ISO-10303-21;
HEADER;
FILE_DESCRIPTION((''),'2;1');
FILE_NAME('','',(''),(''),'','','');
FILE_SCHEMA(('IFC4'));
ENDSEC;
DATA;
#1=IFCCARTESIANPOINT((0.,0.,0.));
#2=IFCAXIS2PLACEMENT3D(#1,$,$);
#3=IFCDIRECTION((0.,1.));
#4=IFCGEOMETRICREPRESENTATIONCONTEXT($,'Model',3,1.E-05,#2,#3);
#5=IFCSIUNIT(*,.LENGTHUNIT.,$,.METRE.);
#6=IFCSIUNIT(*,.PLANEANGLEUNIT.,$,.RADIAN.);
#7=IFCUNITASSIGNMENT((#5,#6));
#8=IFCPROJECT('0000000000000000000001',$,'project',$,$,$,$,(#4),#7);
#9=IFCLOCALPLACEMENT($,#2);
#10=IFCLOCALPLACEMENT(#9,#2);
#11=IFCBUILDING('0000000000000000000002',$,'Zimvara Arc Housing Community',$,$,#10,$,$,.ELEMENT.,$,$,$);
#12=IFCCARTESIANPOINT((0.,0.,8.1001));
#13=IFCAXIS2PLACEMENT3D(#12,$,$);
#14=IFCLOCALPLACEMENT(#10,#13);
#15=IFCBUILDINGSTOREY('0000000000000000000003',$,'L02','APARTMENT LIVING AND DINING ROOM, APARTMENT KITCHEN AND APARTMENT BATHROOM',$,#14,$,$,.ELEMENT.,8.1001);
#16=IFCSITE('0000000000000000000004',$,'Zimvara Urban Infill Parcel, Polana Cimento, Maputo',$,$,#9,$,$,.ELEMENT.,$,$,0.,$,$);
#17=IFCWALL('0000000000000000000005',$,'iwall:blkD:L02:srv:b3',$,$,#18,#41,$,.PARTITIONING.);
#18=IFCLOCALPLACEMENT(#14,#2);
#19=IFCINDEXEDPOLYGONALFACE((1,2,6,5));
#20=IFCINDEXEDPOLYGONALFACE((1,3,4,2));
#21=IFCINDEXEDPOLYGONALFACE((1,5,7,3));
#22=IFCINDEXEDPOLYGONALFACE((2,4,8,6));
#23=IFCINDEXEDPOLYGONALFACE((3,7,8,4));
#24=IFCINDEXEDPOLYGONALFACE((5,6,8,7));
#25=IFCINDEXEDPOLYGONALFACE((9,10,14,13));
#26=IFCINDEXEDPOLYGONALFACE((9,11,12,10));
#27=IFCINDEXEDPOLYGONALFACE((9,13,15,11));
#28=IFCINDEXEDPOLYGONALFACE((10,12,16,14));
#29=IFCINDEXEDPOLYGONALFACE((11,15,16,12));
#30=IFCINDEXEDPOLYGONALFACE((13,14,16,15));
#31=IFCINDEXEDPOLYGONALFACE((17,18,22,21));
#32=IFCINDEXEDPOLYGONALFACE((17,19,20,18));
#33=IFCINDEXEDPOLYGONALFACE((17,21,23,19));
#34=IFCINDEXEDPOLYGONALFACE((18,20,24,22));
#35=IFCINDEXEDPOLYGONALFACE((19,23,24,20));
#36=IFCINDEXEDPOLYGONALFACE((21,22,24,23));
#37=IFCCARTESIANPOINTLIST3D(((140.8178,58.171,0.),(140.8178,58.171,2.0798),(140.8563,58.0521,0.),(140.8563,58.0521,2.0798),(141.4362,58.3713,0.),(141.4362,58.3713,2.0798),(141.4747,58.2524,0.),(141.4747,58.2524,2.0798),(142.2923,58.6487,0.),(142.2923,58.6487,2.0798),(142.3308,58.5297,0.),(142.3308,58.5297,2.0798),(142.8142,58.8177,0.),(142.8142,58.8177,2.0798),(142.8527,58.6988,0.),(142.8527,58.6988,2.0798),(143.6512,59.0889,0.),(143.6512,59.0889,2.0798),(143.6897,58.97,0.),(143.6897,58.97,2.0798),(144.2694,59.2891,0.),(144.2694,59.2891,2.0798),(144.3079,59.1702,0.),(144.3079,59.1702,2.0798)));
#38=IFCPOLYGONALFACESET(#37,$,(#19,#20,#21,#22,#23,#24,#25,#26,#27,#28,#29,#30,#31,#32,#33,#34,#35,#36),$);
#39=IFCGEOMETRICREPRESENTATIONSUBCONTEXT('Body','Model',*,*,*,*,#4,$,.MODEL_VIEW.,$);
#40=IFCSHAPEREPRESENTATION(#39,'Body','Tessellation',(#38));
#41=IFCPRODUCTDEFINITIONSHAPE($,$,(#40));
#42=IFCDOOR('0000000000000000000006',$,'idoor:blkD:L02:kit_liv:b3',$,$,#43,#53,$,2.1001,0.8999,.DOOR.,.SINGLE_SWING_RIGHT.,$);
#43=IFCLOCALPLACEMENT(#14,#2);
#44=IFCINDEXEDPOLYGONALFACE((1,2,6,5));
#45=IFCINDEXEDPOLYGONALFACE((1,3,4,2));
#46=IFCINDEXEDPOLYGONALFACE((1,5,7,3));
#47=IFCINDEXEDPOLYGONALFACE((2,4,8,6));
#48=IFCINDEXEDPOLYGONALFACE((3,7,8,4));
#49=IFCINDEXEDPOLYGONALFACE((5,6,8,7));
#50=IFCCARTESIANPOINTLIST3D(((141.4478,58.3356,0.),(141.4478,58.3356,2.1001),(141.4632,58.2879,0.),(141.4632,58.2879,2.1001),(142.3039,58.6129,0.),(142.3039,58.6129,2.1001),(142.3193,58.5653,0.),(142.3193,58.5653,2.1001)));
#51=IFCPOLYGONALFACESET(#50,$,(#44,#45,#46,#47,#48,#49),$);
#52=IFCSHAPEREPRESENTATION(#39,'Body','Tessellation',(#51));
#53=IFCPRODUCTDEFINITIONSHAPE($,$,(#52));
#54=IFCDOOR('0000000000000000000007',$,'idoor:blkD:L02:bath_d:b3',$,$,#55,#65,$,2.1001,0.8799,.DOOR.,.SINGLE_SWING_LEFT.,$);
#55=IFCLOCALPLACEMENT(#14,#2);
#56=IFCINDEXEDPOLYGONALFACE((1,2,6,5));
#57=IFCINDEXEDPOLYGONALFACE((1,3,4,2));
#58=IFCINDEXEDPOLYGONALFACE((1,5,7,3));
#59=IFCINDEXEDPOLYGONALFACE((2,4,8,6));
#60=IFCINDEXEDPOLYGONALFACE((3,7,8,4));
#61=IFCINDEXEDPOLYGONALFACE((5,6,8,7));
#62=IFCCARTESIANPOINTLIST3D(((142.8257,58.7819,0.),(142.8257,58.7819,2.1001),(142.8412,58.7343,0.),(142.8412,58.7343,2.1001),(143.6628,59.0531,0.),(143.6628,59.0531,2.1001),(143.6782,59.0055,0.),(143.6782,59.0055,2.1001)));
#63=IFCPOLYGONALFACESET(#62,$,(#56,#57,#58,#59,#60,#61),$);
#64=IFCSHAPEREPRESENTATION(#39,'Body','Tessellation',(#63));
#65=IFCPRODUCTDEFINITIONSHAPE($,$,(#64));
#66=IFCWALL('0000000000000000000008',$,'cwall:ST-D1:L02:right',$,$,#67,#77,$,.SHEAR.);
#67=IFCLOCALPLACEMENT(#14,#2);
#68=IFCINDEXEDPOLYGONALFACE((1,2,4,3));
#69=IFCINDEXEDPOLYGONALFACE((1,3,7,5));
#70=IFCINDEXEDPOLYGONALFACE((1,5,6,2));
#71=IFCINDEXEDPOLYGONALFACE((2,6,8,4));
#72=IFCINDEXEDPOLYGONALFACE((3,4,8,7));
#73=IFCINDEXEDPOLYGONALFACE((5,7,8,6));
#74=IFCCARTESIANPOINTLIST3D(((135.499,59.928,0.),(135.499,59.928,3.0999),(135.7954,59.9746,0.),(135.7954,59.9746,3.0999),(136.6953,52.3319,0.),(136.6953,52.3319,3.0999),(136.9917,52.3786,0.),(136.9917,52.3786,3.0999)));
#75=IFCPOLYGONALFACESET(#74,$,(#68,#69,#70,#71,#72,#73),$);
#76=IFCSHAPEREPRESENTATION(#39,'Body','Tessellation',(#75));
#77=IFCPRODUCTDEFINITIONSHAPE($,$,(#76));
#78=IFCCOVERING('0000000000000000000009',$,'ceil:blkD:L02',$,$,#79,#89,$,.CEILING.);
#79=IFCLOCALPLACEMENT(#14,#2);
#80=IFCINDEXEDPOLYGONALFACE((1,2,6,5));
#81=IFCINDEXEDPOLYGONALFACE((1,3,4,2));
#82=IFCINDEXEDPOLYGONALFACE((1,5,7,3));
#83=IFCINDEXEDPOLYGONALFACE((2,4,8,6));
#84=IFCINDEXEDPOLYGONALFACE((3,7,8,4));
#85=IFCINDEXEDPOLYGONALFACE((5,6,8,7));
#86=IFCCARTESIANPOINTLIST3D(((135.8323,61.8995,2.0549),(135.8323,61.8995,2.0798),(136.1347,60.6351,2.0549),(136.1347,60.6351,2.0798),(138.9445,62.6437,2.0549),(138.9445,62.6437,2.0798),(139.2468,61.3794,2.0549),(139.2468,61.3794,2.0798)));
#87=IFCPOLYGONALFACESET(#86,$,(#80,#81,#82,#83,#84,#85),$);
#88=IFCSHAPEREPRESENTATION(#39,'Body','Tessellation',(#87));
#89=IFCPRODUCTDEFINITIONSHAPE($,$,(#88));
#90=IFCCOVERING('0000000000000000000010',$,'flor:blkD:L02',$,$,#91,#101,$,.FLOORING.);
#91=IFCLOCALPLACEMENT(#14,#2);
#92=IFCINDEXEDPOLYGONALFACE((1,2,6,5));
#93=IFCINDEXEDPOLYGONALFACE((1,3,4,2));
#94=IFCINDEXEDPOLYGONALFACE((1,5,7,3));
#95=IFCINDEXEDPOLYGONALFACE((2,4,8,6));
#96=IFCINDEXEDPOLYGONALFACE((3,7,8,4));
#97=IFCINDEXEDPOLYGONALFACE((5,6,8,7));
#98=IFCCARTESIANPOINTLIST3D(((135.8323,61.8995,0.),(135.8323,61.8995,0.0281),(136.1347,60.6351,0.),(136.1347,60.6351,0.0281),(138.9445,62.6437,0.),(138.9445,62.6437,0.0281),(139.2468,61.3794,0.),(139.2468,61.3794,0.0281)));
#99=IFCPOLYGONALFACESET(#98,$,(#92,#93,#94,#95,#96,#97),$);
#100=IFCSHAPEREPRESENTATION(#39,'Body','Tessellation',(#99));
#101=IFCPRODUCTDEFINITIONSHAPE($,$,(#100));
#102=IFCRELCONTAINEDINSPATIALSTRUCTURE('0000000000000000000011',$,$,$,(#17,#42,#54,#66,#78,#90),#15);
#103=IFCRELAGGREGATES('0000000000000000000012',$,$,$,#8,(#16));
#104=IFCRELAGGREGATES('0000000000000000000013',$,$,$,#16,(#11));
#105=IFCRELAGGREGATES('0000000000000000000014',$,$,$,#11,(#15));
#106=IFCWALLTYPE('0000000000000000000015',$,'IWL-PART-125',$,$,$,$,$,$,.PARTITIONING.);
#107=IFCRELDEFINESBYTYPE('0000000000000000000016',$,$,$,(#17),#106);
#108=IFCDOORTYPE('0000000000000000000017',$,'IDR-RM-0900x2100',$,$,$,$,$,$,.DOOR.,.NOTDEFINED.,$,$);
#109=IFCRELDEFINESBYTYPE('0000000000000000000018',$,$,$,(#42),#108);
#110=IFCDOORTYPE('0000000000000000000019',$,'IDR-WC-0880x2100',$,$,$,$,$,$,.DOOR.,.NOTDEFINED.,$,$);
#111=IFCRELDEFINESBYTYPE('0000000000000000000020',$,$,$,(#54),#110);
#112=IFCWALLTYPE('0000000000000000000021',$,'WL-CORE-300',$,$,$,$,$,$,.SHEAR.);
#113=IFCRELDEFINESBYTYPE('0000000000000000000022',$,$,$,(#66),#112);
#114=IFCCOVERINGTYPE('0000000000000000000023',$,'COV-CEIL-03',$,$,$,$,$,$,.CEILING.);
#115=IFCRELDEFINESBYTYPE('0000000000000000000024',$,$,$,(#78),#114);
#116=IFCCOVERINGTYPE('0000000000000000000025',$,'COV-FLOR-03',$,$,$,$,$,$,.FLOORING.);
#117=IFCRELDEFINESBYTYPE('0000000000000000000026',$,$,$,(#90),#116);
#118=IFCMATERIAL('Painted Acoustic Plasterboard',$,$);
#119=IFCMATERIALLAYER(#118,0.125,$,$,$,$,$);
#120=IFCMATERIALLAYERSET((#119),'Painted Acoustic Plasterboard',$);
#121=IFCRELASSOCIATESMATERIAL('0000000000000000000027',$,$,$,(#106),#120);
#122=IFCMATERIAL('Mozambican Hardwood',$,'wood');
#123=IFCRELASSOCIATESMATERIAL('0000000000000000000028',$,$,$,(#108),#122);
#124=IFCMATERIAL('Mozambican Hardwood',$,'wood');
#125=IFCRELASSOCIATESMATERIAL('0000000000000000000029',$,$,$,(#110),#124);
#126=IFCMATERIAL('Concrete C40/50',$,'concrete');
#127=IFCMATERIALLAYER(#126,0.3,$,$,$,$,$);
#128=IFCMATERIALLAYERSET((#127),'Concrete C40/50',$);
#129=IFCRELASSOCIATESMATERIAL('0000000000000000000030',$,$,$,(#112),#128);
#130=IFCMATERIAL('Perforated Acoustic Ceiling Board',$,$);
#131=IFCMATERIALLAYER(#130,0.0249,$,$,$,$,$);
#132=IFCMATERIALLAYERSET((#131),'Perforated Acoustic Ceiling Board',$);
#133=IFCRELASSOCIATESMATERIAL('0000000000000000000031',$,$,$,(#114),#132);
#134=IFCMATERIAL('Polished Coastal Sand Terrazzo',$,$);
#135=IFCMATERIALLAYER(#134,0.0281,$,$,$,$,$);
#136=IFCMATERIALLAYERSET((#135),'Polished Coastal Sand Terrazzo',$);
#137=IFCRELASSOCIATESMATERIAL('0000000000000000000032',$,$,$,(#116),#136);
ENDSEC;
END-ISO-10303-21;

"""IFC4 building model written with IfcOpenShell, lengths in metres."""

from ifc_helpers import new_model, si_unit, direction, frame, frame_2d, origin, origin_2d, place, context, subcontext, project, spatial, rectangle, extrude, material, layer, layer_set, type_object, element, fill, save


model = new_model("IFC4")

# Units and contexts
model_context = context("Model", 3, precision=1e-05, world=origin(), true_north=direction((0.0, 1.0)))
body_context = subcontext(model_context, "Body", "Model", "MODEL_VIEW")
ifc_project = project(units=[si_unit("LENGTHUNIT", "METRE"), si_unit("PLANEANGLEUNIT", "RADIAN")], contexts=[model_context])

# Site, building, storey
site_placement = place(None, origin())
site = spatial("IfcSite", under=ifc_project, at=site_placement, Name="Zimvara Urban Infill Parcel, Polana Cimento, Maputo", CompositionType="ELEMENT", RefElevation=0.0)
building_placement = place(site_placement, origin())
building = spatial("IfcBuilding", under=site, at=building_placement, Name="Zimvara Arc Housing Community", CompositionType="ELEMENT")
storey_placement = place(building_placement, frame((0.0, 0.0, 8.1001)))
storey = spatial("IfcBuildingStorey", under=building, at=storey_placement, Name="L02", Description="APARTMENT LIVING AND DINING ROOM, APARTMENT KITCHEN AND APARTMENT BATHROOM", CompositionType="ELEMENT", Elevation=8.1001)

# Wall, openings, doors
ifc_material_1 = material(Name="Painted Acoustic Plasterboard")
ifc_layer_1 = layer(ifc_material_1, 0.125)
ifc_layer_set_1 = layer_set([ifc_layer_1], Name="Painted Acoustic Plasterboard")
wall_type_1 = type_object("IfcWallType", Name="IWL-PART-125", PredefinedType="PARTITIONING", material=ifc_layer_set_1)
wall_1_placement = place(storey_placement, frame((140.8372, 58.1116, 0.0), z_axis=(0.0, 0.0, 1.0), x_axis=(0.951327, 0.308182, 0.0)))
wall_1 = element("IfcWall", 1, at=wall_1_placement, inside=storey, type_object=wall_type_1, Name="iwall:blkD:L02:srv:b3", PredefinedType="PARTITIONING", context=body_context, shape_type="SweptSolid", body=[
    extrude(rectangle(XDim=3.6282, YDim=0.125, at=frame_2d((1.814, 0.0))), origin(), (0.0, 0.0, 1.0), 2.0798),
])
opening_1_placement = place(wall_1_placement, frame((0.6499, 0.0, 0.0)))
opening_1 = element("IfcOpeningElement", 2, at=opening_1_placement, cuts=wall_1, PredefinedType="OPENING", context=body_context, shape_type="SweptSolid", body=[
    extrude(rectangle(XDim=0.8999, YDim=2.1001, at=frame_2d((0.45, 1.05))), frame((0.0, 0.0725, 0.0), z_axis=(0.0, -1.0, 0.0), x_axis=(1.0, 0.0, 0.0)), (0.0, 0.0, 1.0), 0.145),
])
opening_2_placement = place(wall_1_placement, frame((2.0984, 0.0, 0.0)))
opening_2 = element("IfcOpeningElement", 3, at=opening_2_placement, cuts=wall_1, PredefinedType="OPENING", context=body_context, shape_type="SweptSolid", body=[
    extrude(rectangle(XDim=0.8799, YDim=2.1001, at=frame_2d((0.4399, 1.05))), frame((0.0, 0.0725, 0.0), z_axis=(0.0, -1.0, 0.0), x_axis=(1.0, 0.0, 0.0)), (0.0, 0.0, 1.0), 0.145),
])
ifc_material_2 = material(Name="Mozambican Hardwood", Category="wood")
door_type_1 = type_object("IfcDoorType", Name="IDR-RM-0900x2100", OperationType="NOTDEFINED", PredefinedType="DOOR", material=ifc_material_2)
door_1_placement = place(opening_1_placement, origin())
door_1 = element("IfcDoor", 4, at=door_1_placement, inside=storey, type_object=door_type_1, Name="idoor:blkD:L02:kit_liv:b3", OperationType="SINGLE_SWING_RIGHT", OverallHeight=2.1001, OverallWidth=0.8999, PredefinedType="DOOR", context=body_context, shape_type="SweptSolid", body=[
    extrude(rectangle(XDim=0.8999, YDim=2.1001, at=frame_2d((0.45, 1.05))), frame((0.0, 0.0249, 0.0), z_axis=(0.0, -1.0, 0.0), x_axis=(1.0, 0.0, 0.0)), (0.0, 0.0, 1.0), 0.05),
])
fill(opening_1, door_1)
ifc_material_3 = material(Name="Mozambican Hardwood", Category="wood")
door_type_2 = type_object("IfcDoorType", Name="IDR-WC-0880x2100", OperationType="NOTDEFINED", PredefinedType="DOOR", material=ifc_material_3)
door_2_placement = place(opening_2_placement, origin())
door_2 = element("IfcDoor", 5, at=door_2_placement, inside=storey, type_object=door_type_2, Name="idoor:blkD:L02:bath_d:b3", OperationType="SINGLE_SWING_LEFT", OverallHeight=2.1001, OverallWidth=0.8799, PredefinedType="DOOR", context=body_context, shape_type="SweptSolid", body=[
    extrude(rectangle(XDim=0.8799, YDim=2.1001, at=frame_2d((0.4399, 1.05))), frame((0.0, 0.0249, 0.0), z_axis=(0.0, -1.0, 0.0), x_axis=(1.0, 0.0, 0.0)), (0.0, 0.0, 1.0), 0.05),
])
fill(opening_2, door_2)

# Wall
ifc_material_4 = material(Name="Concrete C40/50", Category="concrete")
ifc_layer_2 = layer(ifc_material_4, 0.3)
ifc_layer_set_2 = layer_set([ifc_layer_2], Name="Concrete C40/50")
wall_type_2 = type_object("IfcWallType", Name="WL-CORE-300", PredefinedType="SHEAR", material=ifc_layer_set_2)
wall_2_placement = place(storey_placement, frame((135.6472, 59.9512, 0.0), z_axis=(0.0, 0.0, 1.0), x_axis=(0.155568, -0.987825, 0.0)))
element("IfcWall", 6, at=wall_2_placement, inside=storey, type_object=wall_type_2, Name="cwall:ST-D1:L02:right", PredefinedType="SHEAR", context=body_context, shape_type="SweptSolid", body=[
    extrude(rectangle(XDim=7.6897, YDim=0.3, at=frame_2d((3.8447, 0.0))), origin(), (0.0, 0.0, 1.0), 3.0999),
])

# Coverings
ifc_material_5 = material(Name="Perforated Acoustic Ceiling Board")
ifc_layer_3 = layer(ifc_material_5, 0.0249)
ifc_layer_set_3 = layer_set([ifc_layer_3], Name="Perforated Acoustic Ceiling Board")
covering_type_1 = type_object("IfcCoveringType", Name="COV-CEIL-03", PredefinedType="CEILING", material=ifc_layer_set_3)
covering_1_placement = place(storey_placement, frame((137.5396, 61.6394, 2.0549), z_axis=(0.0, 0.0, 1.0), x_axis=(0.232597, -0.972573, 0.0)))
element("IfcCovering", 7, at=covering_1_placement, inside=storey, type_object=covering_type_1, Name="ceil:blkD:L02", PredefinedType="CEILING", context=body_context, shape_type="SweptSolid", body=[
    extrude(rectangle(XDim=1.3, YDim=3.2, at=origin_2d()), origin(), (0.0, 0.0, 1.0), 0.0249),
])
ifc_material_6 = material(Name="Polished Coastal Sand Terrazzo")
ifc_layer_4 = layer(ifc_material_6, 0.0281)
ifc_layer_set_4 = layer_set([ifc_layer_4], Name="Polished Coastal Sand Terrazzo")
covering_type_2 = type_object("IfcCoveringType", Name="COV-FLOR-03", PredefinedType="FLOORING", material=ifc_layer_set_4)
covering_2_placement = place(storey_placement, frame((137.5396, 61.6394, 0.0), z_axis=(0.0, 0.0, 1.0), x_axis=(0.232597, -0.972573, 0.0)))
element("IfcCovering", 8, at=covering_2_placement, inside=storey, type_object=covering_type_2, Name="flor:blkD:L02", PredefinedType="FLOORING", context=body_context, shape_type="SweptSolid", body=[
    extrude(rectangle(XDim=1.3, YDim=3.2, at=origin_2d()), origin(), (0.0, 0.0, 1.0), 0.0281),
])

save(model, "model.ifc")
